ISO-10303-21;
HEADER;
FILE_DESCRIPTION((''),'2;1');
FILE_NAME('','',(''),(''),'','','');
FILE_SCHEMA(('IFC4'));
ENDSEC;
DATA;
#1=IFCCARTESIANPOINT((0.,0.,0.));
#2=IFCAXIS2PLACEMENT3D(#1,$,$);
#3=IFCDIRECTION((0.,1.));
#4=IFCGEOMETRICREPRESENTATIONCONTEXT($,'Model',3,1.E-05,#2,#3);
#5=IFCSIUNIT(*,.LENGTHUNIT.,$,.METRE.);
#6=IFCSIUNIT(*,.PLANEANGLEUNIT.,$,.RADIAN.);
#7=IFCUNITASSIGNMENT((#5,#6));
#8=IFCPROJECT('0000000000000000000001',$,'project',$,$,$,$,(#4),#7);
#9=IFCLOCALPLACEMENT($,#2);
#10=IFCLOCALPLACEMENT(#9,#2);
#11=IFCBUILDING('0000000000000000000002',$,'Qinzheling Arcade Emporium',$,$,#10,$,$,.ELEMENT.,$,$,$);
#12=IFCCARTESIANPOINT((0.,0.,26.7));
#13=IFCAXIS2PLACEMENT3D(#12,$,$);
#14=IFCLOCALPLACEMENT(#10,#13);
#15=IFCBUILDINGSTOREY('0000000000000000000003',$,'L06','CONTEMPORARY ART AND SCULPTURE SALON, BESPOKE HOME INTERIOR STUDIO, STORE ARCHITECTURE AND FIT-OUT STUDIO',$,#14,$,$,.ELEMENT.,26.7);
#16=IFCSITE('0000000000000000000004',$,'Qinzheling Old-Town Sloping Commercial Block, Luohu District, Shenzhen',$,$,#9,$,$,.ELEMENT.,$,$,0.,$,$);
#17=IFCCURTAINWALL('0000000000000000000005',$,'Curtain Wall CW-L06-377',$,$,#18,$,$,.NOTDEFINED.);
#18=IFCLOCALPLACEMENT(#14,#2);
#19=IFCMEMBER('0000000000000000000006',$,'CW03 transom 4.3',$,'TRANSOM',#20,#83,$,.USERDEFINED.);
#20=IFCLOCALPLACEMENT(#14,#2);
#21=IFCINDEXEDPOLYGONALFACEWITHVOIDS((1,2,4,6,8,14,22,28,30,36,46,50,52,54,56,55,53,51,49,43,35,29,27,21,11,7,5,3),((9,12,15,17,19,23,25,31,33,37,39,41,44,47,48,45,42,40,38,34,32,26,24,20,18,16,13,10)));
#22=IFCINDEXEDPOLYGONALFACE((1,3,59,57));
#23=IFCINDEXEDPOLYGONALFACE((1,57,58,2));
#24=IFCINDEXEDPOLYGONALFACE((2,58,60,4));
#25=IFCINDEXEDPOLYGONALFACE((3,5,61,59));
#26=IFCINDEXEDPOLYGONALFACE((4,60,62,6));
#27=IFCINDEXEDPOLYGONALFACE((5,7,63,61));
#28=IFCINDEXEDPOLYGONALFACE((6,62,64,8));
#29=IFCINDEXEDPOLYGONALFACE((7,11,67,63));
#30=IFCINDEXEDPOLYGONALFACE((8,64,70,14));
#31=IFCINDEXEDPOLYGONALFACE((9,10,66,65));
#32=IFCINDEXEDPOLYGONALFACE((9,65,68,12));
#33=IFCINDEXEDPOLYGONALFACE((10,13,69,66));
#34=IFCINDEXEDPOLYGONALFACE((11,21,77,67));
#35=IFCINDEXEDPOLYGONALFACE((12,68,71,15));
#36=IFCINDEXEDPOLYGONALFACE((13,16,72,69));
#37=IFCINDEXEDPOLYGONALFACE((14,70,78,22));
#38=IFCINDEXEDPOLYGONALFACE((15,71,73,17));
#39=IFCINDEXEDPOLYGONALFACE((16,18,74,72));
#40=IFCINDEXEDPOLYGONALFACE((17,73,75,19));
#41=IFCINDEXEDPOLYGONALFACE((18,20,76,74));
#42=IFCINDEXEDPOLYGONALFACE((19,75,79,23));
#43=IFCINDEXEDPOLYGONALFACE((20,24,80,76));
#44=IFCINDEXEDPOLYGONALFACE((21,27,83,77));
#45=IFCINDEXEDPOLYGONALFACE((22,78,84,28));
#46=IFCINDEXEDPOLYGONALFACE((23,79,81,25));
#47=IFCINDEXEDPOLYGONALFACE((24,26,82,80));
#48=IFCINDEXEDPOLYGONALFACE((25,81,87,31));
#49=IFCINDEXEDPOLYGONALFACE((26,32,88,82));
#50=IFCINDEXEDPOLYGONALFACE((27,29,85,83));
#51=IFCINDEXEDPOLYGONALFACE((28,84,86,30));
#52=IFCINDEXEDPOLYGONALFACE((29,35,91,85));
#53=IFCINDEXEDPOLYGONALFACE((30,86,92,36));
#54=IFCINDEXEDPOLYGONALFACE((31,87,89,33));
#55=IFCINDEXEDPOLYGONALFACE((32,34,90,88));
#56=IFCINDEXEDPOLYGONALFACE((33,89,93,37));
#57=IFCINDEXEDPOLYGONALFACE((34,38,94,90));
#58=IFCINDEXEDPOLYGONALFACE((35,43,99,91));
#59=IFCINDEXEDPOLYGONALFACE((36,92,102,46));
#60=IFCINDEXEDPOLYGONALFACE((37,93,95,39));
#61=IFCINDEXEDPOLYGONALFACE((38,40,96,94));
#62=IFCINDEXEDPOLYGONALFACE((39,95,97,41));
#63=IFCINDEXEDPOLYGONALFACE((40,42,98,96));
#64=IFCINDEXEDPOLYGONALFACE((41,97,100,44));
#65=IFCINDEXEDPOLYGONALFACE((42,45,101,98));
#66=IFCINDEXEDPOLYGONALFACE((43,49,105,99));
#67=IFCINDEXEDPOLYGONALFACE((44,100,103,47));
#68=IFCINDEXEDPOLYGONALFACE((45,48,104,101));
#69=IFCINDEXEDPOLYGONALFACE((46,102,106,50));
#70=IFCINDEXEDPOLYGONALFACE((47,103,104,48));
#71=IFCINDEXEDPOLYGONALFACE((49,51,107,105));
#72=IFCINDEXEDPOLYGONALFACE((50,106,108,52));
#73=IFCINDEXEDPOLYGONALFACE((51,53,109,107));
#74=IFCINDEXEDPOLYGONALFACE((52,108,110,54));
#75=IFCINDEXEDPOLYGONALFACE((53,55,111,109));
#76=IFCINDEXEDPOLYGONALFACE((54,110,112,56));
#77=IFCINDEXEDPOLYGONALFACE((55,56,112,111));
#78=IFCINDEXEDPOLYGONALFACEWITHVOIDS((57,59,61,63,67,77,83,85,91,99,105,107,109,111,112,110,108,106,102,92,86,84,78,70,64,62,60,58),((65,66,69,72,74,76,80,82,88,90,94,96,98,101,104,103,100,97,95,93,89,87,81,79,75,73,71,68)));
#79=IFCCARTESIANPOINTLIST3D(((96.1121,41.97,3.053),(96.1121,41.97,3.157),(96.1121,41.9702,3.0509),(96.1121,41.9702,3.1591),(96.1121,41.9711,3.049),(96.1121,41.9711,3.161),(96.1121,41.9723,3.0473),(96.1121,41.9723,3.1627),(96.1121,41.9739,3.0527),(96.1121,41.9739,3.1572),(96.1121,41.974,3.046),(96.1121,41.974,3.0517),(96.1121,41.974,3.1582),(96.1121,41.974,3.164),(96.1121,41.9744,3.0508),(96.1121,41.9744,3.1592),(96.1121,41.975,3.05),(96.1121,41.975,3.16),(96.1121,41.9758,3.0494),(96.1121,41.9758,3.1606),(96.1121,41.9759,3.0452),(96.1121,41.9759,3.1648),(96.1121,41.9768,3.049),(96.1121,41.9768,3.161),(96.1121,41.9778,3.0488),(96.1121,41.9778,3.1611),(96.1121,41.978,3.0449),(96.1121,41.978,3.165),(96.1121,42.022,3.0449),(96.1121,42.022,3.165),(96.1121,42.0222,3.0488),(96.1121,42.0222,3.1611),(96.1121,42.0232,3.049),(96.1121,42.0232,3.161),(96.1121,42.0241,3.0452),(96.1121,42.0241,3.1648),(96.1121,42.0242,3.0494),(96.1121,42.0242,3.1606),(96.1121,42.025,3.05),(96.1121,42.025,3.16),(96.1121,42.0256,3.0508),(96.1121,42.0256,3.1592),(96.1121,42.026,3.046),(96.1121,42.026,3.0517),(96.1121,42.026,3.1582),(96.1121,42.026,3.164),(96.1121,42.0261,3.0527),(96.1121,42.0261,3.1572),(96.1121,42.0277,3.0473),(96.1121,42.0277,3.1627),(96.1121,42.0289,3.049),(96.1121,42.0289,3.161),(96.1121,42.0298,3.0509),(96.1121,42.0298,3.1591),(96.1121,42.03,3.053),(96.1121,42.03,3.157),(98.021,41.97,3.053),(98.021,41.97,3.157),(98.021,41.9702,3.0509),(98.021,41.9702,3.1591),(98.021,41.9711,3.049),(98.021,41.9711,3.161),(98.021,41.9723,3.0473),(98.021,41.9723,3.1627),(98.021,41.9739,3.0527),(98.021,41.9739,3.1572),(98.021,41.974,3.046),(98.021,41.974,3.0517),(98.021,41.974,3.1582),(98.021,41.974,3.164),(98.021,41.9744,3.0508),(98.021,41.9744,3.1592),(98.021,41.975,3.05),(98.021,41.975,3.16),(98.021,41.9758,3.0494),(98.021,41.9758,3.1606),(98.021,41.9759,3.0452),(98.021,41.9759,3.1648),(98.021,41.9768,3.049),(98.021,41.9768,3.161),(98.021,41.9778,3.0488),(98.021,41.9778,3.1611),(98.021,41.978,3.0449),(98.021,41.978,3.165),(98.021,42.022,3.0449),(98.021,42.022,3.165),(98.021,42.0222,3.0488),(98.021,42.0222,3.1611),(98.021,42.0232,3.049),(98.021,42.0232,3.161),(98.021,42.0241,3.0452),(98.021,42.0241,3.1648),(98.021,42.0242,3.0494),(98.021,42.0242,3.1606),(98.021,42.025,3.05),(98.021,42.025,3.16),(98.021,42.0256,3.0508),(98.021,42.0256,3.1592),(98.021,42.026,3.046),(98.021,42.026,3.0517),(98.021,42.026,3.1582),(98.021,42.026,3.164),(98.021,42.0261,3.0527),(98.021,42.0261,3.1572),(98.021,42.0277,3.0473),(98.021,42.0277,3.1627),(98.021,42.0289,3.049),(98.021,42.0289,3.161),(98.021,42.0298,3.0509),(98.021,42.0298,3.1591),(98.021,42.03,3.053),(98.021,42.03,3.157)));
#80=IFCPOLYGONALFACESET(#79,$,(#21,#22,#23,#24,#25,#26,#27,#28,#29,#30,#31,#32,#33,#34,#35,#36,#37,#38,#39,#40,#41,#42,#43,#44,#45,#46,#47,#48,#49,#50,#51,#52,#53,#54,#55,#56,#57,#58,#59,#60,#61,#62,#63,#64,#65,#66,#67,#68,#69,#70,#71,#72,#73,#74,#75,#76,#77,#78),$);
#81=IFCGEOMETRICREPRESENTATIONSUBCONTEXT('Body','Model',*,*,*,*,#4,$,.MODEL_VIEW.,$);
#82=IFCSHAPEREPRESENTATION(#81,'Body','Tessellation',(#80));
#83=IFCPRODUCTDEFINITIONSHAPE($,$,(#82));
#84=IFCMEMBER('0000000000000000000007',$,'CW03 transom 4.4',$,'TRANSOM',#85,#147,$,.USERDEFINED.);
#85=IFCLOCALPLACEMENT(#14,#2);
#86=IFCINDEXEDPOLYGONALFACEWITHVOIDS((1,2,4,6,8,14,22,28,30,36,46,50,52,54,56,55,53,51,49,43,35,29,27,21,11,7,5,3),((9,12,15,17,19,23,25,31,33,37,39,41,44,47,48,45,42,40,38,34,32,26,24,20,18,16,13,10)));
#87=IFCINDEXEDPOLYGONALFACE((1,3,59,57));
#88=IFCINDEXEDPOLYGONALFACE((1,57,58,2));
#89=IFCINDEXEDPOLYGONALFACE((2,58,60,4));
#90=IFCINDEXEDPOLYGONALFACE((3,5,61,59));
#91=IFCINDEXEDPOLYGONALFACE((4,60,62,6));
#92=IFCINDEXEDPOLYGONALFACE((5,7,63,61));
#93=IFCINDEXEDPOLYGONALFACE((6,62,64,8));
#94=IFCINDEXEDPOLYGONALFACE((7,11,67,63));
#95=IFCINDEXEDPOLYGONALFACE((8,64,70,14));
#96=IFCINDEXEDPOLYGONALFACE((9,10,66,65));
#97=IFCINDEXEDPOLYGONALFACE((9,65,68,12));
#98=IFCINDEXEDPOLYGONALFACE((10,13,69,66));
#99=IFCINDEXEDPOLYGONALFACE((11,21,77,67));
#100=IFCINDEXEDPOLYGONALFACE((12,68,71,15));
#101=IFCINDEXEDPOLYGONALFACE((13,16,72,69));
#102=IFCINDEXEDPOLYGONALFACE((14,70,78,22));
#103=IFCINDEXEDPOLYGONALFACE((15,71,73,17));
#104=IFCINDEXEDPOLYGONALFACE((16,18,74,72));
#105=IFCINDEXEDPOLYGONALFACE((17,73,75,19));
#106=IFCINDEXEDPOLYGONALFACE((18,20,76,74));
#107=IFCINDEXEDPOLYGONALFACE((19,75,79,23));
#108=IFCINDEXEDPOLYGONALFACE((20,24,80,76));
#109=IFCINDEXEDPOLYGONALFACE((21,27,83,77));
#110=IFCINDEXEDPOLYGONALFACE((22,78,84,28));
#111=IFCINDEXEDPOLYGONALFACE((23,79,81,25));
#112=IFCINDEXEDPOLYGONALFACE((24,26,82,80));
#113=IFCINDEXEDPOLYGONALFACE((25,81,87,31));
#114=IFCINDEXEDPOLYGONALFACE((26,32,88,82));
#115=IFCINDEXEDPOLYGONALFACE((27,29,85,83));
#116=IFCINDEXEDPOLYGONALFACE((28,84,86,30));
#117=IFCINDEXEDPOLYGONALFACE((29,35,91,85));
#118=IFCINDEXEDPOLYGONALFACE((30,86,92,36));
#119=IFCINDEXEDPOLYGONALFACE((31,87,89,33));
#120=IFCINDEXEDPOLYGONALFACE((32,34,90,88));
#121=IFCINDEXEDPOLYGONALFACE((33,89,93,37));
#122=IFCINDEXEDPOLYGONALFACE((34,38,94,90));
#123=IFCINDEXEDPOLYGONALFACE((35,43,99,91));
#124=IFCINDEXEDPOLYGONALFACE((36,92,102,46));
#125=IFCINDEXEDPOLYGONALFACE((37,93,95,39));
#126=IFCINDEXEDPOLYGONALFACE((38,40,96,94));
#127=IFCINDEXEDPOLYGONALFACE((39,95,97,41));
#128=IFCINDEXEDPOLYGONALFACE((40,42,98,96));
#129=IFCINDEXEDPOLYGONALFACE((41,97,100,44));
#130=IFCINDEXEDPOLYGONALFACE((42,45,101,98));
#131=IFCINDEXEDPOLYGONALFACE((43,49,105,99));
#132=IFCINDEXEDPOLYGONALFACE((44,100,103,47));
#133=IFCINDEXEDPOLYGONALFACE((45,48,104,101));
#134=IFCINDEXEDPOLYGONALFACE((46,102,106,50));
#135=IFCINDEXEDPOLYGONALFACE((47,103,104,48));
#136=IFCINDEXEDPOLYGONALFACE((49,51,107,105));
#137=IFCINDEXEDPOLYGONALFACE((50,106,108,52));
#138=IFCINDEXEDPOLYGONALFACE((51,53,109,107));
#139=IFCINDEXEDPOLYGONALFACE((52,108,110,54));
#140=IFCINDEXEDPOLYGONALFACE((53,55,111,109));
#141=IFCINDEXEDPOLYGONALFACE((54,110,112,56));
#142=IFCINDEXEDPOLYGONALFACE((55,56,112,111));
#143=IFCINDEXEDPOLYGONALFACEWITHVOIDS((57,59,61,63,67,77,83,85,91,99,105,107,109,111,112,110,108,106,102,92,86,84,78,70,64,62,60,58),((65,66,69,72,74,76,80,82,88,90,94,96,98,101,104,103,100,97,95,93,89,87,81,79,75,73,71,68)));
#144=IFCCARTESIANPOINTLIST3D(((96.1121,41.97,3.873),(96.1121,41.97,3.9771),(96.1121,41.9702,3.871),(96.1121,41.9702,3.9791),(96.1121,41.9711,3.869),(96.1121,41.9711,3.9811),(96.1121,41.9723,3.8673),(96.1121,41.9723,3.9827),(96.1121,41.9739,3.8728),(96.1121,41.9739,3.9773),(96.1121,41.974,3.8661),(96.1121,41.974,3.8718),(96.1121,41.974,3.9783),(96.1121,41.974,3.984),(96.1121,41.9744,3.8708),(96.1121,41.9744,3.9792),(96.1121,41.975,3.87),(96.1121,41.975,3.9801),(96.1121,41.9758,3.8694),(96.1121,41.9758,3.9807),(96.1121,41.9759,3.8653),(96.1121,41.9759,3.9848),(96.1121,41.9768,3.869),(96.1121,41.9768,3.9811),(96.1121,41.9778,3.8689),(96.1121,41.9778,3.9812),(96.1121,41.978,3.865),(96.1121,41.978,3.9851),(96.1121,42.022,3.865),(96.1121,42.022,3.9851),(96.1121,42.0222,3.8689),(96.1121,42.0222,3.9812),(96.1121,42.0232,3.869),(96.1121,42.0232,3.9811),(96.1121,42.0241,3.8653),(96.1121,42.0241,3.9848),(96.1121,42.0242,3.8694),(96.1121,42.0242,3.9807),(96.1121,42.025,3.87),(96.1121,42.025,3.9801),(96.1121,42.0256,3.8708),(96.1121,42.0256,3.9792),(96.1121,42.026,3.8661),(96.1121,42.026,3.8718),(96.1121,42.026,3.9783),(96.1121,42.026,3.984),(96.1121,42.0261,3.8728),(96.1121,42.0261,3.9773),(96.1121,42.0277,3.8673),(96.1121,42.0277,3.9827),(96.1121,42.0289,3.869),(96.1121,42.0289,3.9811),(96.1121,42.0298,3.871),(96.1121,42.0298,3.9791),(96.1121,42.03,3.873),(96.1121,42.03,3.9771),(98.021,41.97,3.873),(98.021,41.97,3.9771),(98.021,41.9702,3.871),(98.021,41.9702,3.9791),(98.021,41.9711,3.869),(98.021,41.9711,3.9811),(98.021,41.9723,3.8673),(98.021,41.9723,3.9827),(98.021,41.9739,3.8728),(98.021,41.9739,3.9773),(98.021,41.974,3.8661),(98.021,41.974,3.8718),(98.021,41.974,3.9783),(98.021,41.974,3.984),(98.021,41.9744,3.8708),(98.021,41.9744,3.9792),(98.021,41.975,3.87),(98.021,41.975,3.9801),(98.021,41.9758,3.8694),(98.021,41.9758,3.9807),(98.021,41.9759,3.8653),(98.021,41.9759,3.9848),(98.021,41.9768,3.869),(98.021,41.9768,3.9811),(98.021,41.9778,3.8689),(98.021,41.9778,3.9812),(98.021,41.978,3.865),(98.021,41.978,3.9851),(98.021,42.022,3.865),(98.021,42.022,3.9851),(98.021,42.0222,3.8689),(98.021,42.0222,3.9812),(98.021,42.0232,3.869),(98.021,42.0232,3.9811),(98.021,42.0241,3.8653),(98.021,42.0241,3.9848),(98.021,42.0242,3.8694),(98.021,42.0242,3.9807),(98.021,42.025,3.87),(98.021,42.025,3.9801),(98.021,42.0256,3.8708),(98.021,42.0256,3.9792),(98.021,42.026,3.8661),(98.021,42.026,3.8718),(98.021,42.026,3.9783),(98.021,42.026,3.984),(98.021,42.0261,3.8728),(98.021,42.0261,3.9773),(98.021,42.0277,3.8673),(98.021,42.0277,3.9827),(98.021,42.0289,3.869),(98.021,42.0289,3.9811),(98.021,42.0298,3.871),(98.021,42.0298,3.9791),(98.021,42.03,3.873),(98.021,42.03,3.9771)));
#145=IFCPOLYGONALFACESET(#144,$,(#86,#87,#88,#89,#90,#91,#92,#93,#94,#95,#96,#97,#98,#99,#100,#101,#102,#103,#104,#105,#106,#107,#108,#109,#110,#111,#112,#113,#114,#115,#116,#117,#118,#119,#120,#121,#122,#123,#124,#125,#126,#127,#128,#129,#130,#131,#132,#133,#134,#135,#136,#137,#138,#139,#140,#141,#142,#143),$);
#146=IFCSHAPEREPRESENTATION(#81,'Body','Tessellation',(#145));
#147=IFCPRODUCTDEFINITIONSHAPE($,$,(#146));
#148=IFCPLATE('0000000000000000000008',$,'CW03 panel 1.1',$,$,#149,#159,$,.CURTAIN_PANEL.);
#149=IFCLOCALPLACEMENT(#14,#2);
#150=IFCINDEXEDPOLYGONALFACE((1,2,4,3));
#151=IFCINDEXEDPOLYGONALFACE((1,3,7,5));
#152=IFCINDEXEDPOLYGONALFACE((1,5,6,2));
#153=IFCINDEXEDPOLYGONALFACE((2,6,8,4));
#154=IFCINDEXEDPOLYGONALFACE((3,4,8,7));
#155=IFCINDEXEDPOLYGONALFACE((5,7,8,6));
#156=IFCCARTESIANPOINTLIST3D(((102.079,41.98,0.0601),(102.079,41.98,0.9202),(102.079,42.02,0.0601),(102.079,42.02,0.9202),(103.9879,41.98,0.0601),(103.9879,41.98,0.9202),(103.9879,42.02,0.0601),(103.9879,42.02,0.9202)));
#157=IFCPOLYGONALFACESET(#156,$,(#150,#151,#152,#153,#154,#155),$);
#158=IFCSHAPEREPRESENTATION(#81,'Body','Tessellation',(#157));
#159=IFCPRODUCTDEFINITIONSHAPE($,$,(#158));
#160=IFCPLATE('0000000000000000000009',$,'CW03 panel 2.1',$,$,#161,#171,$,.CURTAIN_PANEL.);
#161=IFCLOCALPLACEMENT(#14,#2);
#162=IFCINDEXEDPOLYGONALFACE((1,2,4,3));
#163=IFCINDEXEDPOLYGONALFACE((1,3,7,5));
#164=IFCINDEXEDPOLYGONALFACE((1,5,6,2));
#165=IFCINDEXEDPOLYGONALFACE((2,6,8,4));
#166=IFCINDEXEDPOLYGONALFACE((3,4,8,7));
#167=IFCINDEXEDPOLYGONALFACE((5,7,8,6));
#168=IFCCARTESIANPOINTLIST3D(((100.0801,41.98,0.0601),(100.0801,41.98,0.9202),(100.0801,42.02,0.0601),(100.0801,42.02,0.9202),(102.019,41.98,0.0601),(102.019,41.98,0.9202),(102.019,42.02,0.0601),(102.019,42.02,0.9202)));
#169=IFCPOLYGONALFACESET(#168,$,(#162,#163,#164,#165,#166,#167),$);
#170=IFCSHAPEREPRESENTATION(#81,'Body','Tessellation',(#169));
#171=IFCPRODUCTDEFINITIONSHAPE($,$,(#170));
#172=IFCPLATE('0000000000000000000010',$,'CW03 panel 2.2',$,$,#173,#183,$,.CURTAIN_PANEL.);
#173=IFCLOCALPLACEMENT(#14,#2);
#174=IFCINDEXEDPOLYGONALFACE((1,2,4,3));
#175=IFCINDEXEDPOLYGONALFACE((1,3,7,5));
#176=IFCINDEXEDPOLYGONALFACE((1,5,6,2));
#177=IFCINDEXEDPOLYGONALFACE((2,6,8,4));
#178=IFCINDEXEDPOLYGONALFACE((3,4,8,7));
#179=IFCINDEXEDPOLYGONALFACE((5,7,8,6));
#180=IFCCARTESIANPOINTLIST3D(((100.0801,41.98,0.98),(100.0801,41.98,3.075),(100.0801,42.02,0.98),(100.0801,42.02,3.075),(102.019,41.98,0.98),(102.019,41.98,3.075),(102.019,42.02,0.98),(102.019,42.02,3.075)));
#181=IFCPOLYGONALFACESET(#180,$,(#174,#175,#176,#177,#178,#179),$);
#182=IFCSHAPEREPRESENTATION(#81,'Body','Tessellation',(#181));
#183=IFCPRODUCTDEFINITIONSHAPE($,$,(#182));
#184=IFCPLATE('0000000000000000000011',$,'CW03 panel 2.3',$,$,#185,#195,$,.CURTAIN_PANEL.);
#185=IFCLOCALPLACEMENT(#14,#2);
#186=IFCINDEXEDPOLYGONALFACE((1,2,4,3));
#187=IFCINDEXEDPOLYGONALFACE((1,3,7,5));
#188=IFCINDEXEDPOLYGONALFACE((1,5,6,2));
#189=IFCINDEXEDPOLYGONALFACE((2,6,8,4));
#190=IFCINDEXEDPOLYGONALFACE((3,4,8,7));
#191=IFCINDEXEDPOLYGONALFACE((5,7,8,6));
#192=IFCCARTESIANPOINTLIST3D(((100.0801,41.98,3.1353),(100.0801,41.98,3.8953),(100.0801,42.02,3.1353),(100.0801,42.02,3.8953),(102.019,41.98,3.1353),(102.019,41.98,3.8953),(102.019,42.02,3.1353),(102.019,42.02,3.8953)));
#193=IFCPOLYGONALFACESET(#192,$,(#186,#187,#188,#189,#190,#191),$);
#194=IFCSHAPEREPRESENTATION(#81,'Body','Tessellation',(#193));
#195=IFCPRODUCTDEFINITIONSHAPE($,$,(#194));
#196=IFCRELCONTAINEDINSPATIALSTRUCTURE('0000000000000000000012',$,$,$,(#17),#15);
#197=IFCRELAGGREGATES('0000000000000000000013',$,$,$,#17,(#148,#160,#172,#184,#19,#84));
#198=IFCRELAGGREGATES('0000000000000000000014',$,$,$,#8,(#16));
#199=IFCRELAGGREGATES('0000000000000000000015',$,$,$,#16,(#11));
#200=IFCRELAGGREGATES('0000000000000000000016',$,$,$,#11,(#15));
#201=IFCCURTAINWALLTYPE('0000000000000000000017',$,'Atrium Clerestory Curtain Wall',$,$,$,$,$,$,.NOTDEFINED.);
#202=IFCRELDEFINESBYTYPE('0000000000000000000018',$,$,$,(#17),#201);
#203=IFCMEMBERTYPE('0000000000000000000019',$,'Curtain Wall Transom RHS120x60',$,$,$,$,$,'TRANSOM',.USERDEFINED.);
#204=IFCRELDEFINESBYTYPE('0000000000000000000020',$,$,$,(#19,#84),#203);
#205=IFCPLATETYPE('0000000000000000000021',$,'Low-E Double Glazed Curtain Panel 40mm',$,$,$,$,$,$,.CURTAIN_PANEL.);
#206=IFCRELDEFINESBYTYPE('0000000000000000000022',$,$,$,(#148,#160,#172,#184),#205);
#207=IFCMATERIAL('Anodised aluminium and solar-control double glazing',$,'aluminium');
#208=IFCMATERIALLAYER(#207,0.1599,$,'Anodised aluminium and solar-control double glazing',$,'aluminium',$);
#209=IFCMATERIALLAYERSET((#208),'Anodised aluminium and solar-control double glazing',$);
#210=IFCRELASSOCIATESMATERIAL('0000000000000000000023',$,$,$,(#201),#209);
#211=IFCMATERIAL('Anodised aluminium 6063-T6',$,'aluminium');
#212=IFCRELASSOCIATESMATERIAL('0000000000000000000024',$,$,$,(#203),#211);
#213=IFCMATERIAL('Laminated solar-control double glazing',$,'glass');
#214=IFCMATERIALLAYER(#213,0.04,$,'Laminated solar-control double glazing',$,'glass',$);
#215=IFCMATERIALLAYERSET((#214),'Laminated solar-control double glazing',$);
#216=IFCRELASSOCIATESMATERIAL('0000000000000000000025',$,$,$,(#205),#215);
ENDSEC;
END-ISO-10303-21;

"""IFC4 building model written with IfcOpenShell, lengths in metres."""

from ifc_helpers import new_model, si_unit, direction, frame, origin, origin_2d, place, context, subcontext, project, spatial, rectangle, hollow_rectangle, extrude, material, layer, layer_set, material_profile, profile_set, type_object, element, aggregate, save


model = new_model("IFC4")

# Units and contexts
model_context = context("Model", 3, precision=1e-05, world=origin(), true_north=direction((0.0, 1.0)))
body_context = subcontext(model_context, "Body", "Model", "MODEL_VIEW")
ifc_project = project(units=[si_unit("LENGTHUNIT", "METRE"), si_unit("PLANEANGLEUNIT", "RADIAN")], contexts=[model_context])

# Site, building, storey
site_placement = place(None, origin())
site = spatial("IfcSite", under=ifc_project, at=site_placement, Name="Qinzheling Old-Town Sloping Commercial Block, Luohu District, Shenzhen", CompositionType="ELEMENT", RefElevation=0.0)
building_placement = place(site_placement, origin())
building = spatial("IfcBuilding", under=site, at=building_placement, Name="Qinzheling Arcade Emporium", CompositionType="ELEMENT")
storey_placement = place(building_placement, frame((0.0, 0.0, 26.7)))
storey = spatial("IfcBuildingStorey", under=building, at=storey_placement, Name="L06", Description="CONTEMPORARY ART AND SCULPTURE SALON, BESPOKE HOME INTERIOR STUDIO, STORE ARCHITECTURE AND FIT-OUT STUDIO", CompositionType="ELEMENT", Elevation=26.7)

# Curtain wall, members, plates
ifc_material_1 = material(Name="Anodised aluminium and solar-control double glazing", Category="aluminium")
ifc_layer_1 = layer(ifc_material_1, 0.1599, Name="Anodised aluminium and solar-control double glazing", Category="aluminium")
ifc_layer_set_1 = layer_set([ifc_layer_1], Name="Anodised aluminium and solar-control double glazing")
curtain_wall_type = type_object("IfcCurtainWallType", Name="Atrium Clerestory Curtain Wall", PredefinedType="NOTDEFINED", material=ifc_layer_set_1)
curtain_wall_placement = place(storey_placement, origin())
curtain_wall = element("IfcCurtainWall", 1, at=curtain_wall_placement, inside=storey, type_object=curtain_wall_type, Name="Curtain Wall CW-L06-377", PredefinedType="NOTDEFINED")
ifc_material_2 = material(Name="Anodised aluminium 6063-T6", Category="aluminium")
ifc_material_profile_1 = material_profile(ifc_material_2, hollow_rectangle(XDim=0.0601, YDim=0.1201, WallThickness=0.0039, InnerFilletRadius=0.0039, OuterFilletRadius=0.0081, at=origin_2d()), Name="RHS 120x60x4", Category="aluminium")
ifc_profile_set_1 = profile_set([ifc_material_profile_1], Name="Anodised aluminium 6063-T6")
member_type_1 = type_object("IfcMemberType", Name="Curtain Wall Transom RHS120x60", ElementType="TRANSOM", PredefinedType="USERDEFINED", material=ifc_profile_set_1)
member_1_placement = place(storey_placement, frame((98.021, 42.0, 3.105), z_axis=(-1.0, 0.0, 0.0), x_axis=(0.0, -1.0, 0.0)))
member_1 = element("IfcMember", 2, at=member_1_placement, type_object=member_type_1, Name="CW03 transom 4.3", ObjectType="TRANSOM", PredefinedType="USERDEFINED", context=body_context, shape_type="SweptSolid", body=[
    extrude(hollow_rectangle(XDim=0.0601, YDim=0.1201, WallThickness=0.0039, InnerFilletRadius=0.0039, OuterFilletRadius=0.0081, at=origin_2d()), origin(), (0.0, 0.0, 1.0), 1.9089),
])
member_2_placement = place(storey_placement, frame((98.021, 42.0, 3.925), z_axis=(-1.0, 0.0, 0.0), x_axis=(0.0, -1.0, 0.0)))
member_2 = element("IfcMember", 3, at=member_2_placement, type_object=member_type_1, Name="CW03 transom 4.4", ObjectType="TRANSOM", PredefinedType="USERDEFINED", context=body_context, shape_type="SweptSolid", body=[
    extrude(hollow_rectangle(XDim=0.0601, YDim=0.1201, WallThickness=0.0039, InnerFilletRadius=0.0039, OuterFilletRadius=0.0081, at=origin_2d()), origin(), (0.0, 0.0, 1.0), 1.9089),
])
ifc_material_3 = material(Name="Laminated solar-control double glazing", Category="glass")
ifc_layer_2 = layer(ifc_material_3, 0.04, Name="Laminated solar-control double glazing", Category="glass")
ifc_layer_set_2 = layer_set([ifc_layer_2], Name="Laminated solar-control double glazing")
plate_type = type_object("IfcPlateType", Name="Low-E Double Glazed Curtain Panel 40mm", PredefinedType="CURTAIN_PANEL", material=ifc_layer_set_2)
plate_1_placement = place(storey_placement, frame((103.0334, 42.0, 0.0601), z_axis=(0.0, 0.0, 1.0), x_axis=(-1.0, 0.0, 0.0)))
plate_1 = element("IfcPlate", 4, at=plate_1_placement, type_object=plate_type, Name="CW03 panel 1.1", PredefinedType="CURTAIN_PANEL", context=body_context, shape_type="SweptSolid", body=[
    extrude(rectangle(XDim=1.9089, YDim=0.04, at=origin_2d()), origin(), (0.0, 0.0, 1.0), 0.8601),
])
plate_2_placement = place(storey_placement, frame((101.0496, 42.0, 0.0601), z_axis=(0.0, 0.0, 1.0), x_axis=(-1.0, 0.0, 0.0)))
plate_2 = element("IfcPlate", 5, at=plate_2_placement, type_object=plate_type, Name="CW03 panel 2.1", PredefinedType="CURTAIN_PANEL", context=body_context, shape_type="SweptSolid", body=[
    extrude(rectangle(XDim=1.939, YDim=0.04, at=origin_2d()), origin(), (0.0, 0.0, 1.0), 0.8601),
])
plate_3_placement = place(storey_placement, frame((101.0496, 42.0, 0.98), z_axis=(0.0, 0.0, 1.0), x_axis=(-1.0, 0.0, 0.0)))
plate_3 = element("IfcPlate", 6, at=plate_3_placement, type_object=plate_type, Name="CW03 panel 2.2", PredefinedType="CURTAIN_PANEL", context=body_context, shape_type="SweptSolid", body=[
    extrude(rectangle(XDim=1.939, YDim=0.04, at=origin_2d()), origin(), (0.0, 0.0, 1.0), 2.095),
])
plate_4_placement = place(storey_placement, frame((101.0496, 42.0, 3.1353), z_axis=(0.0, 0.0, 1.0), x_axis=(-1.0, 0.0, 0.0)))
plate_4 = element("IfcPlate", 7, at=plate_4_placement, type_object=plate_type, Name="CW03 panel 2.3", PredefinedType="CURTAIN_PANEL", context=body_context, shape_type="SweptSolid", body=[
    extrude(rectangle(XDim=1.939, YDim=0.04, at=origin_2d()), origin(), (0.0, 0.0, 1.0), 0.76),
])
aggregate(curtain_wall, [plate_1, plate_2, plate_3, plate_4, member_1, member_2])

save(model, "model.ifc")
